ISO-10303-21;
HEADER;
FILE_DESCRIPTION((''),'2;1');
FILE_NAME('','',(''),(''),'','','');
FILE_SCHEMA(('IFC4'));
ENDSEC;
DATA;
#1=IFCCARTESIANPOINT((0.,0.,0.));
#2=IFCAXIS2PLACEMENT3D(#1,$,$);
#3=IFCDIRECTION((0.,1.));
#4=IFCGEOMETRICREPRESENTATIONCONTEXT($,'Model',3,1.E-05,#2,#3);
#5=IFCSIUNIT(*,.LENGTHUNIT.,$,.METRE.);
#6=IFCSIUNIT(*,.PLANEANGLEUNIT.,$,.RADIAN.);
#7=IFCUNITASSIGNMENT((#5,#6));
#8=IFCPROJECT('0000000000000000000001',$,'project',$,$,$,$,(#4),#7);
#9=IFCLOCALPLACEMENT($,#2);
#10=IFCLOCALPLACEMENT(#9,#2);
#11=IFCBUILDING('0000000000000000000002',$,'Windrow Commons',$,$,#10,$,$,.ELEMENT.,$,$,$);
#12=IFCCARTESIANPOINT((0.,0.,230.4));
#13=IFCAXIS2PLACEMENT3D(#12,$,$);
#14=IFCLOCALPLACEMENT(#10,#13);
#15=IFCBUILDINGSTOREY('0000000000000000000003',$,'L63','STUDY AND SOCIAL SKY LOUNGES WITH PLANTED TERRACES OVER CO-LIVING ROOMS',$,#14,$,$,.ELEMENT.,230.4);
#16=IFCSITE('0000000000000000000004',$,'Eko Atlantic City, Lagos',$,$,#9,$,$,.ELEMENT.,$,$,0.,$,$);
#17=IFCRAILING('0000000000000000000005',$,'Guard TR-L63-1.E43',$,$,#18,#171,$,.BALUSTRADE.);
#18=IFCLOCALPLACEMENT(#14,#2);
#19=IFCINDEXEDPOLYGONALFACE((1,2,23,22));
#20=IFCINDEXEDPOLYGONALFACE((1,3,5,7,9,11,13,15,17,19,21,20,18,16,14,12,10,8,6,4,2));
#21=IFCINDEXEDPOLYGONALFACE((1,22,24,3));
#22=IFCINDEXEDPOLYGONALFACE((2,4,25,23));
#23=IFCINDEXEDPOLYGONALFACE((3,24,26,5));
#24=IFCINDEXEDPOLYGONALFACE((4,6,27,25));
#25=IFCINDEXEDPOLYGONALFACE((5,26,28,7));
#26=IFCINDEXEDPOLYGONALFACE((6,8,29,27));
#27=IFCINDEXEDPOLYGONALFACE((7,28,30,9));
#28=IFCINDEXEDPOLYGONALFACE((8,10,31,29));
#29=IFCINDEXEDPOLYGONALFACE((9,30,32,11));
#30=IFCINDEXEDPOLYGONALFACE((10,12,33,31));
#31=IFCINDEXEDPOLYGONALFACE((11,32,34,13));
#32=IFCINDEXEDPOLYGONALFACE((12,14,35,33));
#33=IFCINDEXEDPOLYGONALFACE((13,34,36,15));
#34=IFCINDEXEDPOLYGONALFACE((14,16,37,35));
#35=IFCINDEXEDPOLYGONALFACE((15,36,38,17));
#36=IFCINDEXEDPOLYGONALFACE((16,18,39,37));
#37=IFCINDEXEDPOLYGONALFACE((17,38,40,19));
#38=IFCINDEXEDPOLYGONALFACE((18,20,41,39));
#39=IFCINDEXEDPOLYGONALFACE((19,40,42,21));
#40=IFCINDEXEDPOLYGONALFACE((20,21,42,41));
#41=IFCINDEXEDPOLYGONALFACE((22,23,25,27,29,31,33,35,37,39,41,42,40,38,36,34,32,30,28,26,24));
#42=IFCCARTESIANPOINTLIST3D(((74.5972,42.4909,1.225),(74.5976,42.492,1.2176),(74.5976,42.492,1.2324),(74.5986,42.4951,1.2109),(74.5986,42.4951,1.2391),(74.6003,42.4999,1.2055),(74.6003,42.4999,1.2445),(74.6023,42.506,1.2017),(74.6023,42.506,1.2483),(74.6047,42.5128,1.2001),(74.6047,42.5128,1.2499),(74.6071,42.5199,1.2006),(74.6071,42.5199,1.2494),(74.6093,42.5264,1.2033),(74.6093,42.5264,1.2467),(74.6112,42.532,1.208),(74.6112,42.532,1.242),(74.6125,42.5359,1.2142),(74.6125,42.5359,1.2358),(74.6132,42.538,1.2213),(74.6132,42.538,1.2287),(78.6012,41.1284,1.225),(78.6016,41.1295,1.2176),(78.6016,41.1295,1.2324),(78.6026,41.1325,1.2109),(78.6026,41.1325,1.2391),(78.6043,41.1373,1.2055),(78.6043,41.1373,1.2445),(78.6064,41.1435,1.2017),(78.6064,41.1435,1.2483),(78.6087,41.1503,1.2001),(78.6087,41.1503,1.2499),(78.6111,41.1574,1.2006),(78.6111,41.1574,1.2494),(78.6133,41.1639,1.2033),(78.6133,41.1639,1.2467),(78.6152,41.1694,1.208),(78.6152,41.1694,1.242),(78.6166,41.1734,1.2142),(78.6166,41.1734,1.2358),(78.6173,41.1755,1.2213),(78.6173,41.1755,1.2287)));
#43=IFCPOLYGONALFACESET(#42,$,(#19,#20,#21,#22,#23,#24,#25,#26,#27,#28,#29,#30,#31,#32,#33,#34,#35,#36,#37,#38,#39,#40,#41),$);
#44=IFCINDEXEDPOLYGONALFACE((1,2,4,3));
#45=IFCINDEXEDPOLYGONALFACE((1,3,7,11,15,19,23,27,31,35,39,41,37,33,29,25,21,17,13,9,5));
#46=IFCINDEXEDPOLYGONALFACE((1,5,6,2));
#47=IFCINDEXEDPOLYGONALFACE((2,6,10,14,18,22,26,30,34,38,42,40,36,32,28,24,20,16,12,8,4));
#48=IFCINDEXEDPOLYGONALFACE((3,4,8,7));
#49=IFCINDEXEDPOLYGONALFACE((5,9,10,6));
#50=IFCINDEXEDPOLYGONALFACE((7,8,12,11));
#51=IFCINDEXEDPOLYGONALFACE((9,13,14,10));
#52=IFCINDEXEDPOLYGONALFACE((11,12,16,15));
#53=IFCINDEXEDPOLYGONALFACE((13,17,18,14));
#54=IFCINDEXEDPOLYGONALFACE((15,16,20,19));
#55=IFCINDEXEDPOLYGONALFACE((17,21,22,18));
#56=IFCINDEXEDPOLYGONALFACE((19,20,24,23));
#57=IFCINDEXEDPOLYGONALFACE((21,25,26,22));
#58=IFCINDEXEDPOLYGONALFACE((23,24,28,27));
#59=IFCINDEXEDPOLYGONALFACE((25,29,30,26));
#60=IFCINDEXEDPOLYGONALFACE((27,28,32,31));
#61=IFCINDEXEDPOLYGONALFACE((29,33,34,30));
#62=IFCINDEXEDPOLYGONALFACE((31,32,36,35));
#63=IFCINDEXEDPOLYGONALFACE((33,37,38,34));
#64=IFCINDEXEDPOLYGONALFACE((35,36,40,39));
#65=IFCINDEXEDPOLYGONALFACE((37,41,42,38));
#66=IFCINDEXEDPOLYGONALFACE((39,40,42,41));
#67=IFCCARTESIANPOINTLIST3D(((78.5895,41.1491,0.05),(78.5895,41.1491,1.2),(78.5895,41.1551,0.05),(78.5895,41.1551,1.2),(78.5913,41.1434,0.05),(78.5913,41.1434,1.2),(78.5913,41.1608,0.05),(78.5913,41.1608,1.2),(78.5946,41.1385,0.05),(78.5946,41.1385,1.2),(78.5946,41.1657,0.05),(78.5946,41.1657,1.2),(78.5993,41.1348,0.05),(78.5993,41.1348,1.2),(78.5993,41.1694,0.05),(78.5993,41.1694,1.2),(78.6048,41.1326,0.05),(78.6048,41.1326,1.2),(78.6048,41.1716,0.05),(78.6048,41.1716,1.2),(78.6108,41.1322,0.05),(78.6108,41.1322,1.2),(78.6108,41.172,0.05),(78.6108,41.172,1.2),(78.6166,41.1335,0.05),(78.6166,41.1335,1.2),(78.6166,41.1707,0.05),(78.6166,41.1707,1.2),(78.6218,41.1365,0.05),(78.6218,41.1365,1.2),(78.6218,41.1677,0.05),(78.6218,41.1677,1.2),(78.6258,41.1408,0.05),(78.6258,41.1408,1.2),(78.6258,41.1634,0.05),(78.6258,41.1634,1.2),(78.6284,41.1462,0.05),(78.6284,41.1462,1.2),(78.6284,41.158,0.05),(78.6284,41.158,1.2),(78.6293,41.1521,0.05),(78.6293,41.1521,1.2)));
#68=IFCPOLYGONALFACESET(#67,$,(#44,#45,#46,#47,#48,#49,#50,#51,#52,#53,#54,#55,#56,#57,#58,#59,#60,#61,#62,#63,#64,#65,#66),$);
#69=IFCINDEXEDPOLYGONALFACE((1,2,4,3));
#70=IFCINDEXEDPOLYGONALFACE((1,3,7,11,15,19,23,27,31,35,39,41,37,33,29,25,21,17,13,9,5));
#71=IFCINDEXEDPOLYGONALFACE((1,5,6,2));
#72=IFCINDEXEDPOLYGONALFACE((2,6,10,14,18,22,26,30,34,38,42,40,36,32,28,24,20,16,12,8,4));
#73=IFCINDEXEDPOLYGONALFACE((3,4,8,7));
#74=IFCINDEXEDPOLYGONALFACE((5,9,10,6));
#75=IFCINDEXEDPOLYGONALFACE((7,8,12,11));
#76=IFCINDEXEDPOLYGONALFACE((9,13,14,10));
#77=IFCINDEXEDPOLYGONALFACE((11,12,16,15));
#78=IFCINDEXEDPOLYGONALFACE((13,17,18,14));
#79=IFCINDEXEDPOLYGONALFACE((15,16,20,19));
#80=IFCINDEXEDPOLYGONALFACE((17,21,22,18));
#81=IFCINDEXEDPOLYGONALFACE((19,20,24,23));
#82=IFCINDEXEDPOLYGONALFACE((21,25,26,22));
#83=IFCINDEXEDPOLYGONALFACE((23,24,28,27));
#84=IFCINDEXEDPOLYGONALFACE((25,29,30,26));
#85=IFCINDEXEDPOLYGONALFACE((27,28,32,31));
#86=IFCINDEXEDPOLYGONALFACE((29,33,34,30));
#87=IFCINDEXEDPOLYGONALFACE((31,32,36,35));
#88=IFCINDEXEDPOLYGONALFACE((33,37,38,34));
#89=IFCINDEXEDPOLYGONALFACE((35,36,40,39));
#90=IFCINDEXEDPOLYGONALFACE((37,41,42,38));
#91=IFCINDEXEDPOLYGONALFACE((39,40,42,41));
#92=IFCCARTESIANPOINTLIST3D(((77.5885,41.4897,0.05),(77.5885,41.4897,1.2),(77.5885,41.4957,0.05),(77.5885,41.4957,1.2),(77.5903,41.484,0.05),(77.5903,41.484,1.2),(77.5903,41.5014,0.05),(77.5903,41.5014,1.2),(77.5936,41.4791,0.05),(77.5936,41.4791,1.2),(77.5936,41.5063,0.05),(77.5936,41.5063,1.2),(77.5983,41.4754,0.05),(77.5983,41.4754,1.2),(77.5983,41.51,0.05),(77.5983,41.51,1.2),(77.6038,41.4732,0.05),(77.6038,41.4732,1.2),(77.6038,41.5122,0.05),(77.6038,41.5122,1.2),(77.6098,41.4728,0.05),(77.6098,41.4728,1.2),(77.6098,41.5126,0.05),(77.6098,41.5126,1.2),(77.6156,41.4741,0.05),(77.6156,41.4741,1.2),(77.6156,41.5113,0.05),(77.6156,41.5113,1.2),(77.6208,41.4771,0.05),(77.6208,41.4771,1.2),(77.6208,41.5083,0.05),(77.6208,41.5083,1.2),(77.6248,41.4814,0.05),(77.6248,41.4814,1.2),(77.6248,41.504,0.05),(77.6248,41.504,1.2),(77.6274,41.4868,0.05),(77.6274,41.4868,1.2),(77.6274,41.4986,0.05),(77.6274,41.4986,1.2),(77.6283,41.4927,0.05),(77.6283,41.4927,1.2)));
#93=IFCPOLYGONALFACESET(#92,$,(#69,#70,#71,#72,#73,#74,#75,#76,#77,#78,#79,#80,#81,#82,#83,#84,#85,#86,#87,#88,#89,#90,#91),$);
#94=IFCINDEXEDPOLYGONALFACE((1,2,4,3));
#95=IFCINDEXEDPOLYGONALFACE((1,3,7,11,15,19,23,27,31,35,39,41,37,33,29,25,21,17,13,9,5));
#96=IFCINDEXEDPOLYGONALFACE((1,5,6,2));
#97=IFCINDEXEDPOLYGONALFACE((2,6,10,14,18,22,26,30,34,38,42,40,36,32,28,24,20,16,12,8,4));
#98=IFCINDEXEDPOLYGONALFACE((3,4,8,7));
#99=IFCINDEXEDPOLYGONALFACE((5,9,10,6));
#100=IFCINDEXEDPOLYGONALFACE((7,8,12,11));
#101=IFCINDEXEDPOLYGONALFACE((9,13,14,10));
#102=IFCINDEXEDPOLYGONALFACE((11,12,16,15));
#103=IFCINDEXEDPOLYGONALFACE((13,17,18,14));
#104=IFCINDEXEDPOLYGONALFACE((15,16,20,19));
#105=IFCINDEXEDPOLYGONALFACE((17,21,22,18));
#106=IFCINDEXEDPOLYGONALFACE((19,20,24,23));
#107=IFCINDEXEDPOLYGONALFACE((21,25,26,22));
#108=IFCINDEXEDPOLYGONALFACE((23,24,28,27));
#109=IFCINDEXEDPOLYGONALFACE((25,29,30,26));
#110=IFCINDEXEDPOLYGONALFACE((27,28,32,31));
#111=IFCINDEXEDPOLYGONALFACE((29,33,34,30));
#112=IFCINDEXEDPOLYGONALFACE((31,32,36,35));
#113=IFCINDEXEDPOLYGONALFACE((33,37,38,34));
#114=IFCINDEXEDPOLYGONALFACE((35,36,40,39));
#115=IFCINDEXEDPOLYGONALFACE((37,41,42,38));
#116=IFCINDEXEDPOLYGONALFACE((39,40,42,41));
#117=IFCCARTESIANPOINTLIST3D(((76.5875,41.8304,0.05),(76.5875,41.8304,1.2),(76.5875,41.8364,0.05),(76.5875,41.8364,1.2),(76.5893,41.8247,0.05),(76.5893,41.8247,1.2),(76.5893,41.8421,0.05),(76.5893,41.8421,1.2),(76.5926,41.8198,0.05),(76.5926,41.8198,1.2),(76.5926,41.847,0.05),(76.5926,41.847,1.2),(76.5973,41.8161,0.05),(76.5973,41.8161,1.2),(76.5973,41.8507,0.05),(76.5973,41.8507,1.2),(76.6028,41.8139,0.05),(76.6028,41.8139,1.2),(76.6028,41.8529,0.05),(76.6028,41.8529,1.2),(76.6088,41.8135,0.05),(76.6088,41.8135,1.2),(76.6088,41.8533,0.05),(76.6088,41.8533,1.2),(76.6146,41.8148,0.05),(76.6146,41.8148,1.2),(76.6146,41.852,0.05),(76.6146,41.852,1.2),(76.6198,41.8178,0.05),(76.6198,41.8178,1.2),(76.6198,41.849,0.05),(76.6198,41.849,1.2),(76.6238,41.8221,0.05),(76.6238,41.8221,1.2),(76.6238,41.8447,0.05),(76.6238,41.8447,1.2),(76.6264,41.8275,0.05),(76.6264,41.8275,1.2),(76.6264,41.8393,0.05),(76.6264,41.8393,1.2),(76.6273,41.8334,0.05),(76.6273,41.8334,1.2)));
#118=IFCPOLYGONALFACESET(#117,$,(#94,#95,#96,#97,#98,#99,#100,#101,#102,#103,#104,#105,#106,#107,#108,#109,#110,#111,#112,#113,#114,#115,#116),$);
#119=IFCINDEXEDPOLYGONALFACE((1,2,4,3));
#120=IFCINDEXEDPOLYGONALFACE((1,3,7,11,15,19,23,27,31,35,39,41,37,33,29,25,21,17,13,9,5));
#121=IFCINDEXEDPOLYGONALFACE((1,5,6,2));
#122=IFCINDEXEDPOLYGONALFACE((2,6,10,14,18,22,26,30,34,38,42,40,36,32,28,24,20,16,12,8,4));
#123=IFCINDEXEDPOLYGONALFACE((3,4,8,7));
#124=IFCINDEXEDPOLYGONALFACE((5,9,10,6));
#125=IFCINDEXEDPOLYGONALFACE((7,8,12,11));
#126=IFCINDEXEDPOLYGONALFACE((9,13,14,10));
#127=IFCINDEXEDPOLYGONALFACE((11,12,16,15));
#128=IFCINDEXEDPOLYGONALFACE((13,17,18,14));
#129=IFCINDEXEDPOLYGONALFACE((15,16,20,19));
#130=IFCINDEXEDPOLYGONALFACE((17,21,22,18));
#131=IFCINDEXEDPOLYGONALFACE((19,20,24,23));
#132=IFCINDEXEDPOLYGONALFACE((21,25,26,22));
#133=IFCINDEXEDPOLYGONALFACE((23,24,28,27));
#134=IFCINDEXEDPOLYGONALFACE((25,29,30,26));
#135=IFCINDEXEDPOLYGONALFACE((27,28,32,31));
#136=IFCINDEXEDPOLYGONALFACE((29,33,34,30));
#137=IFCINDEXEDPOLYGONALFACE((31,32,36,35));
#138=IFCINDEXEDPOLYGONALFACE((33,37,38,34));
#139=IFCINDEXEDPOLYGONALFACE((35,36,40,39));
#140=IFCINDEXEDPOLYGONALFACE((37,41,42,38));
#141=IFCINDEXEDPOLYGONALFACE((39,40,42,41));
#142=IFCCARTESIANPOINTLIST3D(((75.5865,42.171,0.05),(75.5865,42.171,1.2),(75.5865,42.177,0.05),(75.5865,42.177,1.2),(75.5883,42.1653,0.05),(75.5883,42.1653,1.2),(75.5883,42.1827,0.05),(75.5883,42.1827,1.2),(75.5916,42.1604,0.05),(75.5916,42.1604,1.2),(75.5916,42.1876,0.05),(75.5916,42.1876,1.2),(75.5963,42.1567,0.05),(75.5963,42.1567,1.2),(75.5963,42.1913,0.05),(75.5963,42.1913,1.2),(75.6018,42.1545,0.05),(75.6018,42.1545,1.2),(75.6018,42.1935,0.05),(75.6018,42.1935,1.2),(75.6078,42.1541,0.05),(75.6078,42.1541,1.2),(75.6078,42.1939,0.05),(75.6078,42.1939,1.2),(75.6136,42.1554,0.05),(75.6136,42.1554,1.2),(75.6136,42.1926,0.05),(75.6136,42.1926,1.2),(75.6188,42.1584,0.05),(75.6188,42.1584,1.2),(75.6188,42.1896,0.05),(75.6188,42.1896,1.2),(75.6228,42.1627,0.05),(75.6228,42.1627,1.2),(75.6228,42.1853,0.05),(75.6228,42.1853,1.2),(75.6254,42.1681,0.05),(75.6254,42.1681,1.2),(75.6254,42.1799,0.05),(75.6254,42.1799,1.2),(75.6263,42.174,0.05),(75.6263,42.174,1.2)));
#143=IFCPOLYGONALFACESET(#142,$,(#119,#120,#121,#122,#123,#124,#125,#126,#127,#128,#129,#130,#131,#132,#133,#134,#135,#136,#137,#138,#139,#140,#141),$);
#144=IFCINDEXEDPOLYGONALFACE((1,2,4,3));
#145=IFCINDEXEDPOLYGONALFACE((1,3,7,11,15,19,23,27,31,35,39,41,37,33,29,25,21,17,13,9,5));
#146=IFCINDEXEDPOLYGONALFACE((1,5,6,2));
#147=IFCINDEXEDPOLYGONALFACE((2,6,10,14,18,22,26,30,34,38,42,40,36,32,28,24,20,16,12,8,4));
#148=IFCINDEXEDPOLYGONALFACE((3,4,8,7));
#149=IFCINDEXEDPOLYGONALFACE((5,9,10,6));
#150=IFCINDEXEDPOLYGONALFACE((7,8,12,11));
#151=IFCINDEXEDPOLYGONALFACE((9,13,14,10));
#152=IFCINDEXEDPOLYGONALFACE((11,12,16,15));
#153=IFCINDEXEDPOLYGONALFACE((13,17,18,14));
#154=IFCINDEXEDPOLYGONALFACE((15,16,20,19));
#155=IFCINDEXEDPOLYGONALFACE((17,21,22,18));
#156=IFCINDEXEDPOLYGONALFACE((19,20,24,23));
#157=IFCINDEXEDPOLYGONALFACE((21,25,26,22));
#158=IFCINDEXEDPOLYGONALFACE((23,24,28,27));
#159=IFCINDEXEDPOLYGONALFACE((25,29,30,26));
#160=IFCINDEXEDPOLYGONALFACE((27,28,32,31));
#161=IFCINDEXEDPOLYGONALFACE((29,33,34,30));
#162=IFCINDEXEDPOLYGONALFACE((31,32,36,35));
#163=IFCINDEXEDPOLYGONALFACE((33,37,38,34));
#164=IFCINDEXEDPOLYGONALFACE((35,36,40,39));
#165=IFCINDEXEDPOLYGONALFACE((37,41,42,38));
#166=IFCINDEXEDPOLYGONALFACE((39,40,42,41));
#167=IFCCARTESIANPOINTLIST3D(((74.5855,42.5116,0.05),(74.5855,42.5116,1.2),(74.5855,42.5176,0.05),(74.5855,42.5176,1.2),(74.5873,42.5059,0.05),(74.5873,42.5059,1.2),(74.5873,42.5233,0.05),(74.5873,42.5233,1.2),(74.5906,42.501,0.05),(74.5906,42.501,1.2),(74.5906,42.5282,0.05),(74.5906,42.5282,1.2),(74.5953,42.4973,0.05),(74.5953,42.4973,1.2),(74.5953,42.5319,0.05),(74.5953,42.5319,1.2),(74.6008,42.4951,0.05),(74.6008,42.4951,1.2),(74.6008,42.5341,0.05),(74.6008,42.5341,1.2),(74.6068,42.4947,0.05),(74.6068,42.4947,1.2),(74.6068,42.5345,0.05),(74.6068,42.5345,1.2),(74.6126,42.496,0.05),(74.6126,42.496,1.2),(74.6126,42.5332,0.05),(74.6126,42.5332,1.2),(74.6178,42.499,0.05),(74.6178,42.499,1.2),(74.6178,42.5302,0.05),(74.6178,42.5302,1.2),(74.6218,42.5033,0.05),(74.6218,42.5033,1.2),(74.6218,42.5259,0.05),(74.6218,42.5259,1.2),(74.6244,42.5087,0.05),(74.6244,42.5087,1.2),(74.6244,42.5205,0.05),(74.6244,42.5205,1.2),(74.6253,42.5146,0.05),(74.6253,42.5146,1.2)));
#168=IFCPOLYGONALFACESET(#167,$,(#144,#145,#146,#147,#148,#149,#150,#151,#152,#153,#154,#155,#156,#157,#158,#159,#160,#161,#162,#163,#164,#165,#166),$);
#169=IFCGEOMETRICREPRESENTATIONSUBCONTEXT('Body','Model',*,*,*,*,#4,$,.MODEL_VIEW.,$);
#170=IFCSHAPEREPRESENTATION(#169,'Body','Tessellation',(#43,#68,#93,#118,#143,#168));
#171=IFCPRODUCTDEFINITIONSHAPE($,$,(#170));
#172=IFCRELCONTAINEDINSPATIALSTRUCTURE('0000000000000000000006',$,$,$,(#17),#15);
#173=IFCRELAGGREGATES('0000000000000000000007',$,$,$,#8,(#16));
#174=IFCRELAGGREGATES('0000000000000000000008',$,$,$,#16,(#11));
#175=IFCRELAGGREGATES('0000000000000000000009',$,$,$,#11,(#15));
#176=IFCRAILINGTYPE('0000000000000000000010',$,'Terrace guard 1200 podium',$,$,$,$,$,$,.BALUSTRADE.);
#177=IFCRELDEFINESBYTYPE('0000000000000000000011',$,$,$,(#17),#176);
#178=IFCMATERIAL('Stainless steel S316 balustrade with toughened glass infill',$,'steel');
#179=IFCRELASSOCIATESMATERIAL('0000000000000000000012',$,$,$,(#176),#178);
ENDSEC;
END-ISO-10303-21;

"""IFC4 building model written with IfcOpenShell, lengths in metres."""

from ifc_helpers import new_model, si_unit, direction, frame, origin, origin_2d, place, context, subcontext, project, spatial, circle, extrude, material, type_object, element, save


model = new_model("IFC4")

# Units and contexts
model_context = context("Model", 3, precision=1e-05, world=origin(), true_north=direction((0.0, 1.0)))
body_context = subcontext(model_context, "Body", "Model", "MODEL_VIEW")
ifc_project = project(units=[si_unit("LENGTHUNIT", "METRE"), si_unit("PLANEANGLEUNIT", "RADIAN")], contexts=[model_context])

# Site, building, storey
site_placement = place(None, origin())
site = spatial("IfcSite", under=ifc_project, at=site_placement, Name="Eko Atlantic City, Lagos", CompositionType="ELEMENT", RefElevation=0.0)
building_placement = place(site_placement, origin())
building = spatial("IfcBuilding", under=site, at=building_placement, Name="Windrow Commons", CompositionType="ELEMENT")
storey_placement = place(building_placement, frame((0.0, 0.0, 230.4)))
storey = spatial("IfcBuildingStorey", under=building, at=storey_placement, Name="L63", Description="STUDY AND SOCIAL SKY LOUNGES WITH PLANTED TERRACES OVER CO-LIVING ROOMS", CompositionType="ELEMENT", Elevation=230.4)

# Railing
ifc_material_1 = material(Name="Stainless steel S316 balustrade with toughened glass infill", Category="steel")
railing_type = type_object("IfcRailingType", Name="Terrace guard 1200 podium", PredefinedType="BALUSTRADE", material=ifc_material_1)
railing_1_placement = place(storey_placement, frame((78.6093, 41.1521, 0.05)))
element("IfcRailing", 1, at=railing_1_placement, inside=storey, type_object=railing_type, Name="Guard TR-L63-1.E43", PredefinedType="BALUSTRADE", context=body_context, shape_type="SweptSolid", body=[
    extrude(circle(Radius=0.025, at=origin_2d()), frame((0.0, 0.0, 1.175), z_axis=(-0.946691, 0.322144, 0.0), x_axis=(-0.322144, -0.946691, 0.0)), (0.0, 0.0, 1.0), 4.2295),
    extrude(circle(Radius=0.02, at=origin_2d()), origin(), (0.0, 0.0, 1.0), 1.15),
    extrude(circle(Radius=0.02, at=origin_2d()), frame((-1.001, 0.3406, 0.0)), (0.0, 0.0, 1.0), 1.15),
    extrude(circle(Radius=0.02, at=origin_2d()), frame((-2.002, 0.6813, 0.0)), (0.0, 0.0, 1.0), 1.15),
    extrude(circle(Radius=0.02, at=origin_2d()), frame((-3.003, 1.0219, 0.0)), (0.0, 0.0, 1.0), 1.15),
    extrude(circle(Radius=0.02, at=origin_2d()), frame((-4.004, 1.3625, 0.0)), (0.0, 0.0, 1.0), 1.15),
])

save(model, "model.ifc")
